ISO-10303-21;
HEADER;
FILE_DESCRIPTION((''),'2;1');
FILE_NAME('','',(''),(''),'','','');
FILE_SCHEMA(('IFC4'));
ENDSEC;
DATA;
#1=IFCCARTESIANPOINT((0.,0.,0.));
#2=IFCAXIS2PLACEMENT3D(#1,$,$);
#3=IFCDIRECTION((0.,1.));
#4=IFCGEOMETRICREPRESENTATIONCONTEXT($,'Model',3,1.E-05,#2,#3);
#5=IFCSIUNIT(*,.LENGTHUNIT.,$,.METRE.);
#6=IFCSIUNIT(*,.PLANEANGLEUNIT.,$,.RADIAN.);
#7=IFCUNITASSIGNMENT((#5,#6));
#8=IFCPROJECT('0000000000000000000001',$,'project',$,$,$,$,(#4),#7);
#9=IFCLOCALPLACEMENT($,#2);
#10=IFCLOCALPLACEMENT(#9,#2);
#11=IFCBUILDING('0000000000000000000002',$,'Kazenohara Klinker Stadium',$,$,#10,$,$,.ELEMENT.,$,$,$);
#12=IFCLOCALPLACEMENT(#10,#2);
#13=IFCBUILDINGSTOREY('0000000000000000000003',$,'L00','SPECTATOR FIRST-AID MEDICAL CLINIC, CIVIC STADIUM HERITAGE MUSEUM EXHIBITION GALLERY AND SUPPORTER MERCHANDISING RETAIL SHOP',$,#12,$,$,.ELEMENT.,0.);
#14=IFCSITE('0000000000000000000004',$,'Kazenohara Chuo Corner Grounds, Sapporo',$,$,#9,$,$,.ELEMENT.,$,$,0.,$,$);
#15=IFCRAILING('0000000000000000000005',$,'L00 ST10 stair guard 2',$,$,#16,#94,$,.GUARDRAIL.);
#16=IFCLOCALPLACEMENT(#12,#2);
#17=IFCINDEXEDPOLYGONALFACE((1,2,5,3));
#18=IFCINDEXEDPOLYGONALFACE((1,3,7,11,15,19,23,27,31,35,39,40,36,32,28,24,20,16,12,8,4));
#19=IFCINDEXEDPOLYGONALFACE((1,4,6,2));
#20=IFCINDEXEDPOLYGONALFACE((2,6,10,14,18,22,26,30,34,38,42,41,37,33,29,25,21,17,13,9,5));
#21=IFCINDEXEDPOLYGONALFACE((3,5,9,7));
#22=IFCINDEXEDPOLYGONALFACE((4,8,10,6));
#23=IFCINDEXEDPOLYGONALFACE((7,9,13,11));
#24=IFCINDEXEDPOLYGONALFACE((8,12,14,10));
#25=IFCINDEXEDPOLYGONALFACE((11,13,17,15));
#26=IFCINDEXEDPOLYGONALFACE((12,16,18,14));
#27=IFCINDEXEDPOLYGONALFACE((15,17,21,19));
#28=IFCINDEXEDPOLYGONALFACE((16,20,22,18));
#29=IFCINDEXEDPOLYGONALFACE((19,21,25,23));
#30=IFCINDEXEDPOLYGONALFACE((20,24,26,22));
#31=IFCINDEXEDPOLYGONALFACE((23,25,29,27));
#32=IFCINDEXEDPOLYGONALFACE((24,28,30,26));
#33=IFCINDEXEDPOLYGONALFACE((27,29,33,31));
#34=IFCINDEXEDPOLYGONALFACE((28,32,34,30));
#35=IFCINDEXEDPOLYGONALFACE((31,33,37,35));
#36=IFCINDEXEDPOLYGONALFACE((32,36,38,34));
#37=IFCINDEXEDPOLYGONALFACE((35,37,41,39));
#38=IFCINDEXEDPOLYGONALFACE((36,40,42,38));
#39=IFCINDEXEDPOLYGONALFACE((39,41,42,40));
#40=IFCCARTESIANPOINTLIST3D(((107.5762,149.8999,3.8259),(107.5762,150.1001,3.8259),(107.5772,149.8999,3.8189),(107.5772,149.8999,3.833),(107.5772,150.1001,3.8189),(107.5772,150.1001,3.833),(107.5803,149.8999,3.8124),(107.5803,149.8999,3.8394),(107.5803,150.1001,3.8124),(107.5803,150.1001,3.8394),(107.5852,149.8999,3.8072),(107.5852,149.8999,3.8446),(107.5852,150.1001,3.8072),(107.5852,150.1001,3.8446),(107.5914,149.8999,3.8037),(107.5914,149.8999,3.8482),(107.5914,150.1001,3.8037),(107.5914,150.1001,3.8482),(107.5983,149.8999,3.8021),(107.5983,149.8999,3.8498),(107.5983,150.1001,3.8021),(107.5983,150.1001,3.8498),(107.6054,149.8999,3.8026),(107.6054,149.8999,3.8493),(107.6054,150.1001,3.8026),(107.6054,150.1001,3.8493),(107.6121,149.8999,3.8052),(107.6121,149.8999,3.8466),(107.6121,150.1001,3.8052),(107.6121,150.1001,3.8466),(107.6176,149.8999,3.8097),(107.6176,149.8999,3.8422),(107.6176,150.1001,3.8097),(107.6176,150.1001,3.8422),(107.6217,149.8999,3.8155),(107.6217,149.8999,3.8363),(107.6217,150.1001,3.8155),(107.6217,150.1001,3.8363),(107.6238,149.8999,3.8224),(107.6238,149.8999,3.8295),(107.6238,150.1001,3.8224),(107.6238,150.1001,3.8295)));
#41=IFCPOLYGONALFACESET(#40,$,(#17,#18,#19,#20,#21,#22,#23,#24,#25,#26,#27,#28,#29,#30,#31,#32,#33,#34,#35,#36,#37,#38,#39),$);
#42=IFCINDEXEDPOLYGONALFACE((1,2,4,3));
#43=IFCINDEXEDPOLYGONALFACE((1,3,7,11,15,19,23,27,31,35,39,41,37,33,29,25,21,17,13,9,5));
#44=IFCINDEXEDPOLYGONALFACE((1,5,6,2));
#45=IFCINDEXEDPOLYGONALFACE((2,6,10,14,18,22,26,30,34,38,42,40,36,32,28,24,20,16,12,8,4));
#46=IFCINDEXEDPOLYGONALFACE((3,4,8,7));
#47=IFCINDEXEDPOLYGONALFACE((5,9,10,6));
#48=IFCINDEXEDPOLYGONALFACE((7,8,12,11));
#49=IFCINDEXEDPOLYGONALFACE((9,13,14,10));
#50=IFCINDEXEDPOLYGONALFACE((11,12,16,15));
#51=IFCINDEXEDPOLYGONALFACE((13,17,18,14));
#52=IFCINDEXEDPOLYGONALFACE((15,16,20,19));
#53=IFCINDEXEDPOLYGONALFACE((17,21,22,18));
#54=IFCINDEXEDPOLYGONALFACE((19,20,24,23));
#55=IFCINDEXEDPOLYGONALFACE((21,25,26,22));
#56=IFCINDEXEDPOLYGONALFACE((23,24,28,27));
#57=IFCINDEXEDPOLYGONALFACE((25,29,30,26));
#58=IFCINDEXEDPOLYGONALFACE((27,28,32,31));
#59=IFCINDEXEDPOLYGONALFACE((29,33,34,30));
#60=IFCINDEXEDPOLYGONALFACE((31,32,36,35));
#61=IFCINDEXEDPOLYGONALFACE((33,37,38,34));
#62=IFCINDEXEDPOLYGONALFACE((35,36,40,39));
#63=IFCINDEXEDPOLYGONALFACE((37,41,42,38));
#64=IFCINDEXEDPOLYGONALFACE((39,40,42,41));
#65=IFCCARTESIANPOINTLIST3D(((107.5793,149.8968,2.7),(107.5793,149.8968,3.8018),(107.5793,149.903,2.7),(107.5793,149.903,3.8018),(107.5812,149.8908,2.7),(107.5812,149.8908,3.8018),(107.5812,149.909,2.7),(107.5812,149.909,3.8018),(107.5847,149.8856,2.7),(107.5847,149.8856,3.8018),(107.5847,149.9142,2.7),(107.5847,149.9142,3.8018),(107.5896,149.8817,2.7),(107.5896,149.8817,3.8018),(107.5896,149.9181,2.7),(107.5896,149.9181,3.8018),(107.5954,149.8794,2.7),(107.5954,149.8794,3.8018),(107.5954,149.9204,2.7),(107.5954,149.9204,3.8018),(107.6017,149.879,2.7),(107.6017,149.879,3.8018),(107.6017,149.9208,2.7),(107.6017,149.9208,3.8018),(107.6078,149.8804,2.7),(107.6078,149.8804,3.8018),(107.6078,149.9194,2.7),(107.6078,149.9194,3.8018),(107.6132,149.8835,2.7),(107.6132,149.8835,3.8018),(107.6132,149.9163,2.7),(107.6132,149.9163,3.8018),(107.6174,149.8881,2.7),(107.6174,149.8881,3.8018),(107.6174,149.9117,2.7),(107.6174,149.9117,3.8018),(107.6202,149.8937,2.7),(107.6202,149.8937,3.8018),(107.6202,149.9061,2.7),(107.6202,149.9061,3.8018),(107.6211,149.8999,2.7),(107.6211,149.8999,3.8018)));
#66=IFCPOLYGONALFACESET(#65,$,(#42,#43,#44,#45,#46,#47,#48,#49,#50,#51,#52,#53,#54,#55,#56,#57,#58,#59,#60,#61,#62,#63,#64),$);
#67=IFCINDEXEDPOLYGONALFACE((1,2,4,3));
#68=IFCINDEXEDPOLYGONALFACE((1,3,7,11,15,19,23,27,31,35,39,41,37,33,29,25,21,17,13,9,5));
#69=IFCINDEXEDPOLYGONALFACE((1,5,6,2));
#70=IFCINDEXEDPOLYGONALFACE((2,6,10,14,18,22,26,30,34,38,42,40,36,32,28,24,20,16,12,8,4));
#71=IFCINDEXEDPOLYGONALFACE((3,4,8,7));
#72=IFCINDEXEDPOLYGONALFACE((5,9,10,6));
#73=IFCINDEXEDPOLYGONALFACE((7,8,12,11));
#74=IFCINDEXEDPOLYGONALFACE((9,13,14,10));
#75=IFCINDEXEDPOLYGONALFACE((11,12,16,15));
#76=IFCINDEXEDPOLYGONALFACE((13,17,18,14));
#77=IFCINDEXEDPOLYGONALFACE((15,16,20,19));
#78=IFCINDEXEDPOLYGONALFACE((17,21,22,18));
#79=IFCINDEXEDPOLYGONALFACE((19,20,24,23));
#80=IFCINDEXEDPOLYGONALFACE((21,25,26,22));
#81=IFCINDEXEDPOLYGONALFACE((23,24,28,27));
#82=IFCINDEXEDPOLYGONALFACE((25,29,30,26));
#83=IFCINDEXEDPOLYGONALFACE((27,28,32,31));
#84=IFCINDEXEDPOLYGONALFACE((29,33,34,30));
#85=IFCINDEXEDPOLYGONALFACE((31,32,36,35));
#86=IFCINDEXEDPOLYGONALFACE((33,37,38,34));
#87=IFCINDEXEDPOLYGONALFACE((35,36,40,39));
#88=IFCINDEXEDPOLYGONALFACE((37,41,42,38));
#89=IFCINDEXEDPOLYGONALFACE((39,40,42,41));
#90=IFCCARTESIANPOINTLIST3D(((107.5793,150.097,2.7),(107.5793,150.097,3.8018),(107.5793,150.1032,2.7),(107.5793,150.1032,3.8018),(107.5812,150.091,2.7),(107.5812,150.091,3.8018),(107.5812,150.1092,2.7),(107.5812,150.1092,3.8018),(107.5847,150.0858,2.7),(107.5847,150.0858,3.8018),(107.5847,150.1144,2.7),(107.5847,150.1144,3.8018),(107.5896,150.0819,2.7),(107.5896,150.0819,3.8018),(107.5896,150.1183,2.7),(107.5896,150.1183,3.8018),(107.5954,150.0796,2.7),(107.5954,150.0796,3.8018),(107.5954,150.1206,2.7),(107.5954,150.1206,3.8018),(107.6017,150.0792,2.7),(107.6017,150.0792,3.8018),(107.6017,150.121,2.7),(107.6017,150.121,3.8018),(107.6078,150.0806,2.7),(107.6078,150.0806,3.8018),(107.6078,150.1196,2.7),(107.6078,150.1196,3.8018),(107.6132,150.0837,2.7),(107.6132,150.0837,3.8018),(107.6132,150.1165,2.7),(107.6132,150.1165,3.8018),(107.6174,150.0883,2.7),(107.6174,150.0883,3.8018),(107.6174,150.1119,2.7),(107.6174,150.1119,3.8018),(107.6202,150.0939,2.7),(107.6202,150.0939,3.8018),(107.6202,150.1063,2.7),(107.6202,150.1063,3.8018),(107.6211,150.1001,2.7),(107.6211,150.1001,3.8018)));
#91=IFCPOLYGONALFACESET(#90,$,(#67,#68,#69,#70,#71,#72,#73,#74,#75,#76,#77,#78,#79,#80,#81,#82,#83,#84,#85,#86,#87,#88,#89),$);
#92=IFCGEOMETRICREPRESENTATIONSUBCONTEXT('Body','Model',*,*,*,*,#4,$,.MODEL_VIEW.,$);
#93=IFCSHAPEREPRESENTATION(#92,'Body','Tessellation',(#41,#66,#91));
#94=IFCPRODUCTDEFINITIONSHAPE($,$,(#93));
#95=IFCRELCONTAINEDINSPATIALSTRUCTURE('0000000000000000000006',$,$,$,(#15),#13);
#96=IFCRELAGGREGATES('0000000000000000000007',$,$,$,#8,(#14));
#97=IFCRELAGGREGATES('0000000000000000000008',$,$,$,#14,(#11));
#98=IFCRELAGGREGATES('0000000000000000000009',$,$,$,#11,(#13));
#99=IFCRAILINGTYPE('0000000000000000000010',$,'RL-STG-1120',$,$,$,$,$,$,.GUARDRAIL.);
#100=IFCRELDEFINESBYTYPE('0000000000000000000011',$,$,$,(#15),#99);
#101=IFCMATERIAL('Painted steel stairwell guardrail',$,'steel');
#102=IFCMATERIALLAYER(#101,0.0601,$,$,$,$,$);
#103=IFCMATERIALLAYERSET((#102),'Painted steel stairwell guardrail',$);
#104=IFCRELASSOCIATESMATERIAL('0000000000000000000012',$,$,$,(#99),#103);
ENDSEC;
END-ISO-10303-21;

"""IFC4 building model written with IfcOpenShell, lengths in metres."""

from ifc_helpers import new_model, si_unit, direction, frame, origin, origin_2d, place, context, subcontext, project, spatial, circle, extrude, material, layer, layer_set, type_object, element, save


model = new_model("IFC4")

# Units and contexts
model_context = context("Model", 3, precision=1e-05, world=origin(), true_north=direction((0.0, 1.0)))
body_context = subcontext(model_context, "Body", "Model", "MODEL_VIEW")
ifc_project = project(units=[si_unit("LENGTHUNIT", "METRE"), si_unit("PLANEANGLEUNIT", "RADIAN")], contexts=[model_context])

# Site, building, storey
site_placement = place(None, origin())
site = spatial("IfcSite", under=ifc_project, at=site_placement, Name="Kazenohara Chuo Corner Grounds, Sapporo", CompositionType="ELEMENT", RefElevation=0.0)
building_placement = place(site_placement, origin())
building = spatial("IfcBuilding", under=site, at=building_placement, Name="Kazenohara Klinker Stadium", CompositionType="ELEMENT")
storey_placement = place(building_placement, origin())
storey = spatial("IfcBuildingStorey", under=building, at=storey_placement, Name="L00", Description="SPECTATOR FIRST-AID MEDICAL CLINIC, CIVIC STADIUM HERITAGE MUSEUM EXHIBITION GALLERY AND SUPPORTER MERCHANDISING RETAIL SHOP", CompositionType="ELEMENT", Elevation=0.0)

# Railing
ifc_material_1 = material(Name="Painted steel stairwell guardrail", Category="steel")
ifc_layer_1 = layer(ifc_material_1, 0.0601)
ifc_layer_set_1 = layer_set([ifc_layer_1], Name="Painted steel stairwell guardrail")
railing_type_1 = type_object("IfcRailingType", Name="RL-STG-1120", PredefinedType="GUARDRAIL", material=ifc_layer_set_1)
railing_1_placement = place(storey_placement, frame((107.6001, 149.8999, 2.7)))
element("IfcRailing", 1, at=railing_1_placement, inside=storey, type_object=railing_type_1, Name="L00 ST10 stair guard 2", PredefinedType="GUARDRAIL", context=body_context, shape_type="SweptSolid", body=[
    extrude(circle(Radius=0.0239, at=origin_2d()), frame((0.0, 0.0, 1.126), z_axis=(0.0, 1.0, 0.0), x_axis=(-1.0, 0.0, 0.0)), (0.0, 0.0, 1.0), 0.2002),
    extrude(circle(Radius=0.021, at=origin_2d()), origin(), (0.0, 0.0, 1.0), 1.1018),
    extrude(circle(Radius=0.021, at=origin_2d()), frame((0.0, 0.2002, 0.0)), (0.0, 0.0, 1.0), 1.1018),
])

save(model, "model.ifc")
